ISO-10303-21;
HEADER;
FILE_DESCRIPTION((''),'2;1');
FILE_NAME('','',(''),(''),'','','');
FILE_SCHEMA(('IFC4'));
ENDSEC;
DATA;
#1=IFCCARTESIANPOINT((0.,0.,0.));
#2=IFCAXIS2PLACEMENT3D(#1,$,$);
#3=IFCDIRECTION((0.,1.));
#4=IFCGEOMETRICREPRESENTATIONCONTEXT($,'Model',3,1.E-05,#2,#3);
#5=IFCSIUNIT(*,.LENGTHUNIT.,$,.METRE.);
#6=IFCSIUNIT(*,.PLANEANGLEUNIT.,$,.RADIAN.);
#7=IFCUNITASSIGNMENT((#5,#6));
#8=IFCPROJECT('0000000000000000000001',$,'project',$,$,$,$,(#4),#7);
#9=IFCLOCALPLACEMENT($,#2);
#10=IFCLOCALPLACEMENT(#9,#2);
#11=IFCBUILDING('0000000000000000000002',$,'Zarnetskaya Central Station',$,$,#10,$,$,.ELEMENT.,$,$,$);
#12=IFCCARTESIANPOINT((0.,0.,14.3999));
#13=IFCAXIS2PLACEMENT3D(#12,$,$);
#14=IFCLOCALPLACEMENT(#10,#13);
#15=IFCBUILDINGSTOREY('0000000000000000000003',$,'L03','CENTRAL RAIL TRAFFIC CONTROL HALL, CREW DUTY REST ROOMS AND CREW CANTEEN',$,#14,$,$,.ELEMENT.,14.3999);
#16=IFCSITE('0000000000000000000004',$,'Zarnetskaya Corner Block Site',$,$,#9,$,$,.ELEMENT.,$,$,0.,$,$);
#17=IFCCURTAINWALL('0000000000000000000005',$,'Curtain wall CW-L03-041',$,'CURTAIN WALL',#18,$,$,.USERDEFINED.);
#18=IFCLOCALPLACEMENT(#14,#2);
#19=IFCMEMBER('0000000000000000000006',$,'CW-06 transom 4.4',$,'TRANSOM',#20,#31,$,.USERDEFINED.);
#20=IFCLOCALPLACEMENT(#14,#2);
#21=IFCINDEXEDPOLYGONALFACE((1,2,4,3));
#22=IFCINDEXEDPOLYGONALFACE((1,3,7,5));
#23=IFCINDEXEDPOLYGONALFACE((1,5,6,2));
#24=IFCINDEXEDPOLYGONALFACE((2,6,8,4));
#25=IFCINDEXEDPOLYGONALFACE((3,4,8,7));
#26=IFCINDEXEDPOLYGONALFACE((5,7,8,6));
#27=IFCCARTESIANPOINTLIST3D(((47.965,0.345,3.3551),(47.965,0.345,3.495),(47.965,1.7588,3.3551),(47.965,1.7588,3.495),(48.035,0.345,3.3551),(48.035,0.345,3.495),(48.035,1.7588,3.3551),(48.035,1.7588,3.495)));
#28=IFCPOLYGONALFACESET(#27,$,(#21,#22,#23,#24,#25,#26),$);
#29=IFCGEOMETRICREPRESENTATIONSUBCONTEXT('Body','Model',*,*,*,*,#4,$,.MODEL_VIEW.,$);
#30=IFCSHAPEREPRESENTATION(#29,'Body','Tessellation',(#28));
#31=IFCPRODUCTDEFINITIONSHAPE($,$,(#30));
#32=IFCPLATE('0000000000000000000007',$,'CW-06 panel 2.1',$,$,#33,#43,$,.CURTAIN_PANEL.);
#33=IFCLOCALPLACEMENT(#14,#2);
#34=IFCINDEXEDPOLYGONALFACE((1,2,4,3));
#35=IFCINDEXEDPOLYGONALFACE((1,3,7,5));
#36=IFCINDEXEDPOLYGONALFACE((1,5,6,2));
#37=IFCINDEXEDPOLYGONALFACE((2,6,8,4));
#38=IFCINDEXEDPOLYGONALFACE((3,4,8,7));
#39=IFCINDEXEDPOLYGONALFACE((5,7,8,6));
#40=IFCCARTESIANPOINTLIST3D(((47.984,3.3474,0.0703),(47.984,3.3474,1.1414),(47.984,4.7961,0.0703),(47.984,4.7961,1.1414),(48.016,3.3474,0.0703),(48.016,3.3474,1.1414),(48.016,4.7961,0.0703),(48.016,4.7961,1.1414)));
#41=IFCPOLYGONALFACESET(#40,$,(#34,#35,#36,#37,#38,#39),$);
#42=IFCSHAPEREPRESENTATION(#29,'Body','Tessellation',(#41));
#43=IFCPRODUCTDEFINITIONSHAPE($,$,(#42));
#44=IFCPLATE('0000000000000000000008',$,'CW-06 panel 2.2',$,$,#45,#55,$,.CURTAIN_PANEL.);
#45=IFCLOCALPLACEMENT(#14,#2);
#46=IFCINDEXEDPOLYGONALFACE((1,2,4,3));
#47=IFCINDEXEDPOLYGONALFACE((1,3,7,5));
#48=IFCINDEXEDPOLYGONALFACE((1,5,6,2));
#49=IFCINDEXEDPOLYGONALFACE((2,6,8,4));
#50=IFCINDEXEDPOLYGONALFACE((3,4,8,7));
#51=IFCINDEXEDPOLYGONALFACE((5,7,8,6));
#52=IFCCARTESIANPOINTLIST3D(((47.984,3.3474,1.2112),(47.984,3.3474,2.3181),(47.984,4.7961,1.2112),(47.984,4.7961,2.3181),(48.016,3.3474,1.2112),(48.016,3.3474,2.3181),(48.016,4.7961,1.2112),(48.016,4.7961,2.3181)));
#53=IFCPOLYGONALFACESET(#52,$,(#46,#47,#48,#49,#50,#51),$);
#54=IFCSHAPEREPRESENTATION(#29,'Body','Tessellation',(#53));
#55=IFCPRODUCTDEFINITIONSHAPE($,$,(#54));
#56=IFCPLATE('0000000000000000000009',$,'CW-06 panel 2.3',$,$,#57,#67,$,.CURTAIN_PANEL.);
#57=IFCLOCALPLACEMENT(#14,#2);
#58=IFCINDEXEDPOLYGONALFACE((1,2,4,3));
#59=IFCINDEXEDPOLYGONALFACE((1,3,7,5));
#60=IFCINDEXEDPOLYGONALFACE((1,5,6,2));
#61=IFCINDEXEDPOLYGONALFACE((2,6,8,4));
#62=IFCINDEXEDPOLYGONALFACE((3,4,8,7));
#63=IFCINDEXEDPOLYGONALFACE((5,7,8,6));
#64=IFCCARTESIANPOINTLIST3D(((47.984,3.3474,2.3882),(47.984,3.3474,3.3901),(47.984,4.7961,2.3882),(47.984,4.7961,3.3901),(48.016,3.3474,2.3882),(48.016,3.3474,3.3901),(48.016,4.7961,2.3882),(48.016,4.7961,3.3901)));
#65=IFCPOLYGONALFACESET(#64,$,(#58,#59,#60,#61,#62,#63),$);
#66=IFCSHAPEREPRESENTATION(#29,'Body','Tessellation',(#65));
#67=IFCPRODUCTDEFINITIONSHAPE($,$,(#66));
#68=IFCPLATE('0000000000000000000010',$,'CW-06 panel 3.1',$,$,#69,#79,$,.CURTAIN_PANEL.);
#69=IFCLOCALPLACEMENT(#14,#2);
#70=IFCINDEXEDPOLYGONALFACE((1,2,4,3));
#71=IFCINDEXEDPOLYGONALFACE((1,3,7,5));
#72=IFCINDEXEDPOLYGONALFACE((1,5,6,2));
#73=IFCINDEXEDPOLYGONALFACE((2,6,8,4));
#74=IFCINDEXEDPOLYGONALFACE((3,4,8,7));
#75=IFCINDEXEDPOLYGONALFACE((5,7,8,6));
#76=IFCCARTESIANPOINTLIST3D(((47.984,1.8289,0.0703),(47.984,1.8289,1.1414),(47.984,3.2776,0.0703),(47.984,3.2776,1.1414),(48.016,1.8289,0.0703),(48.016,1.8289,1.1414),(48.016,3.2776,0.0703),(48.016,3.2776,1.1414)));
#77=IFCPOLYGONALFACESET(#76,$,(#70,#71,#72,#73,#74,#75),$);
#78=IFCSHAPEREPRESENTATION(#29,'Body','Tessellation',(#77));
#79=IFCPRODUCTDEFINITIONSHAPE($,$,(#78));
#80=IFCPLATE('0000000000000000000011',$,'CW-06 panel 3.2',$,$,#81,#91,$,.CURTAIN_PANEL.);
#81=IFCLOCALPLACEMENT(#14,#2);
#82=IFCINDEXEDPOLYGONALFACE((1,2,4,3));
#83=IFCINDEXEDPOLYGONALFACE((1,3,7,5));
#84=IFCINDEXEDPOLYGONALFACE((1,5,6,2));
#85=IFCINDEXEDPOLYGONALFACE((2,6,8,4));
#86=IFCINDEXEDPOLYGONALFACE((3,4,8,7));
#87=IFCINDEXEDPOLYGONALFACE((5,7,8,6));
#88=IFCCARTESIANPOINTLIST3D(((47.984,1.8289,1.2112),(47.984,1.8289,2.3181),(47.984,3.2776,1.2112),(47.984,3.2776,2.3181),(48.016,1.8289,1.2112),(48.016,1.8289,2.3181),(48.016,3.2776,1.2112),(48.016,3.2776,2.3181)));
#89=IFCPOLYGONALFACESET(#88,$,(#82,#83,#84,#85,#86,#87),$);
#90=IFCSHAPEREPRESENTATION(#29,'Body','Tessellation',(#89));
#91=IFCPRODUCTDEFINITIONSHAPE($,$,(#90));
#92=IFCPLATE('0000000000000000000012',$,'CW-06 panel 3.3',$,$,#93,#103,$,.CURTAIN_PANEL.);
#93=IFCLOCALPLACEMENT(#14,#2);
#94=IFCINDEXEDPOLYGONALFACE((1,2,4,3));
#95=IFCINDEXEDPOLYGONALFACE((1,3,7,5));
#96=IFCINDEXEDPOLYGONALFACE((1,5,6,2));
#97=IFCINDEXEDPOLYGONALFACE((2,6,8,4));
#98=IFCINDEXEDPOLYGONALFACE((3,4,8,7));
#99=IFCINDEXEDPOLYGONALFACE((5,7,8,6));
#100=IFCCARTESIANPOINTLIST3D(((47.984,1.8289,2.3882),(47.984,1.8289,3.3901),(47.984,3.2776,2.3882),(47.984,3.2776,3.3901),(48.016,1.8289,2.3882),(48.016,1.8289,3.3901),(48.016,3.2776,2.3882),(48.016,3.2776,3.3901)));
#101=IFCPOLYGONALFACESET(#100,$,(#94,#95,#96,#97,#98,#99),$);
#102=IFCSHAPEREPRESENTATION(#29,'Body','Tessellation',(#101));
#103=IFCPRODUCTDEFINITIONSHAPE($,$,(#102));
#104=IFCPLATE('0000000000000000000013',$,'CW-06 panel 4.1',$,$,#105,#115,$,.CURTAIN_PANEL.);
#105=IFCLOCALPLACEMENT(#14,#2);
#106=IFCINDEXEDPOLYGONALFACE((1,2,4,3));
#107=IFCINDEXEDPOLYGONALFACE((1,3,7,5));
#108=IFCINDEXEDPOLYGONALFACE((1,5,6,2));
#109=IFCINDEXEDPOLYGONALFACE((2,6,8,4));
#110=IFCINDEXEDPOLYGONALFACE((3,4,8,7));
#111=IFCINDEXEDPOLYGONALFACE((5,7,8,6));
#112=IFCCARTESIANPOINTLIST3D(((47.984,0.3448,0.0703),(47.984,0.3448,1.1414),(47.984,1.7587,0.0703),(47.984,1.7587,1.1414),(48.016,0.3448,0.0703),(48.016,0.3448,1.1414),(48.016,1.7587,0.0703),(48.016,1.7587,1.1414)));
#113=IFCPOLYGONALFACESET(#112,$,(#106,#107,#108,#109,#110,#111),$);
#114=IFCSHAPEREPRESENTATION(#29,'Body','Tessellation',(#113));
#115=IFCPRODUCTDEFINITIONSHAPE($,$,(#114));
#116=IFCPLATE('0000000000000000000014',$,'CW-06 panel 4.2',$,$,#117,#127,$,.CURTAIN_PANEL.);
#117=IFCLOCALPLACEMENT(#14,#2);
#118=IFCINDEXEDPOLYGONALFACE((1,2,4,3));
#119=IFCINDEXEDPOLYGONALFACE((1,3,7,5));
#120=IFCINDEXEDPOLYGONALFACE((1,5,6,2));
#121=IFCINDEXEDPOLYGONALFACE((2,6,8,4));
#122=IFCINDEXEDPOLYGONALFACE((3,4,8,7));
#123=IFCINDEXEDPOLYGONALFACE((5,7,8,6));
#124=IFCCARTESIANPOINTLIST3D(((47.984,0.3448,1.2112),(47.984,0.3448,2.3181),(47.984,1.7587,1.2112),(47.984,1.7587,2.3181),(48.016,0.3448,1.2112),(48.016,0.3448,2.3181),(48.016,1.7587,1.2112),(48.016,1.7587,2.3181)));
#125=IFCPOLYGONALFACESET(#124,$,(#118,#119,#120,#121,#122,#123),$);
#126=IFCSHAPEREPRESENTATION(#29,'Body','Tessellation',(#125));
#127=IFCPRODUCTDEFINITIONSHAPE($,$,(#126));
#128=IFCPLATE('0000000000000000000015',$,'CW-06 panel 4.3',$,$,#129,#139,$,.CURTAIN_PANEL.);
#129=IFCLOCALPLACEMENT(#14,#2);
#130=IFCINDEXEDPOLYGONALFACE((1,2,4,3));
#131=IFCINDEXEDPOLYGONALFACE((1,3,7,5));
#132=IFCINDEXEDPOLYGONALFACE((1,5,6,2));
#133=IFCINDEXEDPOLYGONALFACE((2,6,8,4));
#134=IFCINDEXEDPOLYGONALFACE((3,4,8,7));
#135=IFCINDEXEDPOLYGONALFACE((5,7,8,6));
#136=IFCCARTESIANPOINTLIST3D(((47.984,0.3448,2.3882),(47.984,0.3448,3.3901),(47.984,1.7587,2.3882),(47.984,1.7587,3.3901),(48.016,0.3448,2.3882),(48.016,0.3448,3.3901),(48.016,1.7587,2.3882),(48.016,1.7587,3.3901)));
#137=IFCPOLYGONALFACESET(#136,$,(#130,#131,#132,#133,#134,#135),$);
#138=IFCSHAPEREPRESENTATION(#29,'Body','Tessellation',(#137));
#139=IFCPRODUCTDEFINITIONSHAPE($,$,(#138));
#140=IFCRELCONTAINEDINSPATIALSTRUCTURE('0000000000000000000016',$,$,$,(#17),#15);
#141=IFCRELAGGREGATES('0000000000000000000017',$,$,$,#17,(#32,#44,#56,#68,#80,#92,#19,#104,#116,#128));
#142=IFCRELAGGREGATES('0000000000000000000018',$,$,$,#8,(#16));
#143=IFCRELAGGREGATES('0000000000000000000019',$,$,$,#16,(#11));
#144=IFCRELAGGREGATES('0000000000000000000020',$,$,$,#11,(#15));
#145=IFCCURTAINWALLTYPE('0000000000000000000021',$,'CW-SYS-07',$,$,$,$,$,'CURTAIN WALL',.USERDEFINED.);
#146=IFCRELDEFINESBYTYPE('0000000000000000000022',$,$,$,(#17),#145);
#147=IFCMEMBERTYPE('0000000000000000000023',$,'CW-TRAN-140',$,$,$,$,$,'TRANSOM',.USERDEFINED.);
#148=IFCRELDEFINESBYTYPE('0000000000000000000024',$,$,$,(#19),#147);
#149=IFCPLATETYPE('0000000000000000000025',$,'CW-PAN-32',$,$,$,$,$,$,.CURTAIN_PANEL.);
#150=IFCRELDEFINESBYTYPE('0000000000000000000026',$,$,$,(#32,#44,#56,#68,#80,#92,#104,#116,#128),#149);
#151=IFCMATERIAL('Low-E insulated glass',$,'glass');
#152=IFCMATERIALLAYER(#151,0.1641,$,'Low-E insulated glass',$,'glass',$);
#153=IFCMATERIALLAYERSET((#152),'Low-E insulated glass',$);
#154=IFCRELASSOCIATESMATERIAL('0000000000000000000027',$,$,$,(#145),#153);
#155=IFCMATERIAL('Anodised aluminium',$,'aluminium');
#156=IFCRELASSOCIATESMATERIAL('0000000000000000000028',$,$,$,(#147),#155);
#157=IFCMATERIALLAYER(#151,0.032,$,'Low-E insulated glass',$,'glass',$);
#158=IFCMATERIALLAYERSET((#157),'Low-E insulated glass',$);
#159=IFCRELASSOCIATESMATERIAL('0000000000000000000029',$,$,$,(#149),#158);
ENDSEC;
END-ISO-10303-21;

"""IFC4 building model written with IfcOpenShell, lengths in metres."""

from ifc_helpers import new_model, si_unit, direction, frame, origin, origin_2d, place, context, subcontext, project, spatial, rectangle, extrude, material, layer, layer_set, material_profile, profile_set, type_object, element, aggregate, save


model = new_model("IFC4")

# Units and contexts
model_context = context("Model", 3, precision=1e-05, world=origin(), true_north=direction((0.0, 1.0)))
body_context = subcontext(model_context, "Body", "Model", "MODEL_VIEW")
ifc_project = project(units=[si_unit("LENGTHUNIT", "METRE"), si_unit("PLANEANGLEUNIT", "RADIAN")], contexts=[model_context])

# Site, building, storey
site_placement = place(None, origin())
site = spatial("IfcSite", under=ifc_project, at=site_placement, Name="Zarnetskaya Corner Block Site", CompositionType="ELEMENT", RefElevation=0.0)
building_placement = place(site_placement, origin())
building = spatial("IfcBuilding", under=site, at=building_placement, Name="Zarnetskaya Central Station", CompositionType="ELEMENT")
storey_placement = place(building_placement, frame((0.0, 0.0, 14.3999)))
storey = spatial("IfcBuildingStorey", under=building, at=storey_placement, Name="L03", Description="CENTRAL RAIL TRAFFIC CONTROL HALL, CREW DUTY REST ROOMS AND CREW CANTEEN", CompositionType="ELEMENT", Elevation=14.3999)

# Curtain wall, member, plates
ifc_material_1 = material(Name="Low-E insulated glass", Category="glass")
ifc_layer_1 = layer(ifc_material_1, 0.1641, Name="Low-E insulated glass", Category="glass")
ifc_layer_set_1 = layer_set([ifc_layer_1], Name="Low-E insulated glass")
curtain_wall_type = type_object("IfcCurtainWallType", Name="CW-SYS-07", ElementType="CURTAIN WALL", PredefinedType="USERDEFINED", material=ifc_layer_set_1)
curtain_wall_placement = place(storey_placement, origin())
curtain_wall = element("IfcCurtainWall", 1, at=curtain_wall_placement, inside=storey, type_object=curtain_wall_type, Name="Curtain wall CW-L03-041", ObjectType="CURTAIN WALL", PredefinedType="USERDEFINED")
ifc_material_2 = material(Name="Anodised aluminium", Category="aluminium")
ifc_material_profile_1 = material_profile(ifc_material_2, rectangle(XDim=0.0701, YDim=0.1399, at=origin_2d()), Name="ALU TRAN 70x140")
ifc_profile_set_1 = profile_set([ifc_material_profile_1], Name="Anodised aluminium")
member_type_1 = type_object("IfcMemberType", Name="CW-TRAN-140", ElementType="TRANSOM", PredefinedType="USERDEFINED", material=ifc_profile_set_1)
member_1_placement = place(storey_placement, frame((48.0, 1.7588, 3.425), z_axis=(0.0, -1.0, 0.0), x_axis=(1.0, 0.0, 0.0)))
member_1 = element("IfcMember", 2, at=member_1_placement, type_object=member_type_1, Name="CW-06 transom 4.4", ObjectType="TRANSOM", PredefinedType="USERDEFINED", context=body_context, shape_type="SweptSolid", body=[
    extrude(rectangle(XDim=0.0701, YDim=0.1399, at=origin_2d()), origin(), (0.0, 0.0, 1.0), 1.4138),
])
ifc_layer_2 = layer(ifc_material_1, 0.032, Name="Low-E insulated glass", Category="glass")
ifc_layer_set_2 = layer_set([ifc_layer_2], Name="Low-E insulated glass")
plate_type = type_object("IfcPlateType", Name="CW-PAN-32", PredefinedType="CURTAIN_PANEL", material=ifc_layer_set_2)
plate_1_placement = place(storey_placement, frame((48.0, 4.0718, 0.0703), z_axis=(0.0, 0.0, 1.0), x_axis=(0.0, -1.0, 0.0)))
plate_1 = element("IfcPlate", 3, at=plate_1_placement, type_object=plate_type, Name="CW-06 panel 2.1", PredefinedType="CURTAIN_PANEL", context=body_context, shape_type="SweptSolid", body=[
    extrude(rectangle(XDim=1.4487, YDim=0.032, at=origin_2d()), origin(), (0.0, 0.0, 1.0), 1.071),
])
plate_2_placement = place(storey_placement, frame((48.0, 4.0718, 1.2112), z_axis=(0.0, 0.0, 1.0), x_axis=(0.0, -1.0, 0.0)))
plate_2 = element("IfcPlate", 4, at=plate_2_placement, type_object=plate_type, Name="CW-06 panel 2.2", PredefinedType="CURTAIN_PANEL", context=body_context, shape_type="SweptSolid", body=[
    extrude(rectangle(XDim=1.4487, YDim=0.032, at=origin_2d()), origin(), (0.0, 0.0, 1.0), 1.1069),
])
plate_3_placement = place(storey_placement, frame((48.0, 4.0718, 2.3882), z_axis=(0.0, 0.0, 1.0), x_axis=(0.0, -1.0, 0.0)))
plate_3 = element("IfcPlate", 5, at=plate_3_placement, type_object=plate_type, Name="CW-06 panel 2.3", PredefinedType="CURTAIN_PANEL", context=body_context, shape_type="SweptSolid", body=[
    extrude(rectangle(XDim=1.4487, YDim=0.032, at=origin_2d()), origin(), (0.0, 0.0, 1.0), 1.002),
])
plate_4_placement = place(storey_placement, frame((48.0, 2.5532, 0.0703), z_axis=(0.0, 0.0, 1.0), x_axis=(0.0, -1.0, 0.0)))
plate_4 = element("IfcPlate", 6, at=plate_4_placement, type_object=plate_type, Name="CW-06 panel 3.1", PredefinedType="CURTAIN_PANEL", context=body_context, shape_type="SweptSolid", body=[
    extrude(rectangle(XDim=1.4487, YDim=0.032, at=origin_2d()), origin(), (0.0, 0.0, 1.0), 1.071),
])
plate_5_placement = place(storey_placement, frame((48.0, 2.5532, 1.2112), z_axis=(0.0, 0.0, 1.0), x_axis=(0.0, -1.0, 0.0)))
plate_5 = element("IfcPlate", 7, at=plate_5_placement, type_object=plate_type, Name="CW-06 panel 3.2", PredefinedType="CURTAIN_PANEL", context=body_context, shape_type="SweptSolid", body=[
    extrude(rectangle(XDim=1.4487, YDim=0.032, at=origin_2d()), origin(), (0.0, 0.0, 1.0), 1.1069),
])
plate_6_placement = place(storey_placement, frame((48.0, 2.5532, 2.3882), z_axis=(0.0, 0.0, 1.0), x_axis=(0.0, -1.0, 0.0)))
plate_6 = element("IfcPlate", 8, at=plate_6_placement, type_object=plate_type, Name="CW-06 panel 3.3", PredefinedType="CURTAIN_PANEL", context=body_context, shape_type="SweptSolid", body=[
    extrude(rectangle(XDim=1.4487, YDim=0.032, at=origin_2d()), origin(), (0.0, 0.0, 1.0), 1.002),
])
plate_7_placement = place(storey_placement, frame((48.0, 1.0518, 0.0703), z_axis=(0.0, 0.0, 1.0), x_axis=(0.0, -1.0, 0.0)))
plate_7 = element("IfcPlate", 9, at=plate_7_placement, type_object=plate_type, Name="CW-06 panel 4.1", PredefinedType="CURTAIN_PANEL", context=body_context, shape_type="SweptSolid", body=[
    extrude(rectangle(XDim=1.4138, YDim=0.032, at=origin_2d()), origin(), (0.0, 0.0, 1.0), 1.071),
])
plate_8_placement = place(storey_placement, frame((48.0, 1.0518, 1.2112), z_axis=(0.0, 0.0, 1.0), x_axis=(0.0, -1.0, 0.0)))
plate_8 = element("IfcPlate", 10, at=plate_8_placement, type_object=plate_type, Name="CW-06 panel 4.2", PredefinedType="CURTAIN_PANEL", context=body_context, shape_type="SweptSolid", body=[
    extrude(rectangle(XDim=1.4138, YDim=0.032, at=origin_2d()), origin(), (0.0, 0.0, 1.0), 1.1069),
])
plate_9_placement = place(storey_placement, frame((48.0, 1.0518, 2.3882), z_axis=(0.0, 0.0, 1.0), x_axis=(0.0, -1.0, 0.0)))
plate_9 = element("IfcPlate", 11, at=plate_9_placement, type_object=plate_type, Name="CW-06 panel 4.3", PredefinedType="CURTAIN_PANEL", context=body_context, shape_type="SweptSolid", body=[
    extrude(rectangle(XDim=1.4138, YDim=0.032, at=origin_2d()), origin(), (0.0, 0.0, 1.0), 1.002),
])
aggregate(curtain_wall, [plate_1, plate_2, plate_3, plate_4, plate_5, plate_6, member_1, plate_7, plate_8, plate_9])

save(model, "model.ifc")
